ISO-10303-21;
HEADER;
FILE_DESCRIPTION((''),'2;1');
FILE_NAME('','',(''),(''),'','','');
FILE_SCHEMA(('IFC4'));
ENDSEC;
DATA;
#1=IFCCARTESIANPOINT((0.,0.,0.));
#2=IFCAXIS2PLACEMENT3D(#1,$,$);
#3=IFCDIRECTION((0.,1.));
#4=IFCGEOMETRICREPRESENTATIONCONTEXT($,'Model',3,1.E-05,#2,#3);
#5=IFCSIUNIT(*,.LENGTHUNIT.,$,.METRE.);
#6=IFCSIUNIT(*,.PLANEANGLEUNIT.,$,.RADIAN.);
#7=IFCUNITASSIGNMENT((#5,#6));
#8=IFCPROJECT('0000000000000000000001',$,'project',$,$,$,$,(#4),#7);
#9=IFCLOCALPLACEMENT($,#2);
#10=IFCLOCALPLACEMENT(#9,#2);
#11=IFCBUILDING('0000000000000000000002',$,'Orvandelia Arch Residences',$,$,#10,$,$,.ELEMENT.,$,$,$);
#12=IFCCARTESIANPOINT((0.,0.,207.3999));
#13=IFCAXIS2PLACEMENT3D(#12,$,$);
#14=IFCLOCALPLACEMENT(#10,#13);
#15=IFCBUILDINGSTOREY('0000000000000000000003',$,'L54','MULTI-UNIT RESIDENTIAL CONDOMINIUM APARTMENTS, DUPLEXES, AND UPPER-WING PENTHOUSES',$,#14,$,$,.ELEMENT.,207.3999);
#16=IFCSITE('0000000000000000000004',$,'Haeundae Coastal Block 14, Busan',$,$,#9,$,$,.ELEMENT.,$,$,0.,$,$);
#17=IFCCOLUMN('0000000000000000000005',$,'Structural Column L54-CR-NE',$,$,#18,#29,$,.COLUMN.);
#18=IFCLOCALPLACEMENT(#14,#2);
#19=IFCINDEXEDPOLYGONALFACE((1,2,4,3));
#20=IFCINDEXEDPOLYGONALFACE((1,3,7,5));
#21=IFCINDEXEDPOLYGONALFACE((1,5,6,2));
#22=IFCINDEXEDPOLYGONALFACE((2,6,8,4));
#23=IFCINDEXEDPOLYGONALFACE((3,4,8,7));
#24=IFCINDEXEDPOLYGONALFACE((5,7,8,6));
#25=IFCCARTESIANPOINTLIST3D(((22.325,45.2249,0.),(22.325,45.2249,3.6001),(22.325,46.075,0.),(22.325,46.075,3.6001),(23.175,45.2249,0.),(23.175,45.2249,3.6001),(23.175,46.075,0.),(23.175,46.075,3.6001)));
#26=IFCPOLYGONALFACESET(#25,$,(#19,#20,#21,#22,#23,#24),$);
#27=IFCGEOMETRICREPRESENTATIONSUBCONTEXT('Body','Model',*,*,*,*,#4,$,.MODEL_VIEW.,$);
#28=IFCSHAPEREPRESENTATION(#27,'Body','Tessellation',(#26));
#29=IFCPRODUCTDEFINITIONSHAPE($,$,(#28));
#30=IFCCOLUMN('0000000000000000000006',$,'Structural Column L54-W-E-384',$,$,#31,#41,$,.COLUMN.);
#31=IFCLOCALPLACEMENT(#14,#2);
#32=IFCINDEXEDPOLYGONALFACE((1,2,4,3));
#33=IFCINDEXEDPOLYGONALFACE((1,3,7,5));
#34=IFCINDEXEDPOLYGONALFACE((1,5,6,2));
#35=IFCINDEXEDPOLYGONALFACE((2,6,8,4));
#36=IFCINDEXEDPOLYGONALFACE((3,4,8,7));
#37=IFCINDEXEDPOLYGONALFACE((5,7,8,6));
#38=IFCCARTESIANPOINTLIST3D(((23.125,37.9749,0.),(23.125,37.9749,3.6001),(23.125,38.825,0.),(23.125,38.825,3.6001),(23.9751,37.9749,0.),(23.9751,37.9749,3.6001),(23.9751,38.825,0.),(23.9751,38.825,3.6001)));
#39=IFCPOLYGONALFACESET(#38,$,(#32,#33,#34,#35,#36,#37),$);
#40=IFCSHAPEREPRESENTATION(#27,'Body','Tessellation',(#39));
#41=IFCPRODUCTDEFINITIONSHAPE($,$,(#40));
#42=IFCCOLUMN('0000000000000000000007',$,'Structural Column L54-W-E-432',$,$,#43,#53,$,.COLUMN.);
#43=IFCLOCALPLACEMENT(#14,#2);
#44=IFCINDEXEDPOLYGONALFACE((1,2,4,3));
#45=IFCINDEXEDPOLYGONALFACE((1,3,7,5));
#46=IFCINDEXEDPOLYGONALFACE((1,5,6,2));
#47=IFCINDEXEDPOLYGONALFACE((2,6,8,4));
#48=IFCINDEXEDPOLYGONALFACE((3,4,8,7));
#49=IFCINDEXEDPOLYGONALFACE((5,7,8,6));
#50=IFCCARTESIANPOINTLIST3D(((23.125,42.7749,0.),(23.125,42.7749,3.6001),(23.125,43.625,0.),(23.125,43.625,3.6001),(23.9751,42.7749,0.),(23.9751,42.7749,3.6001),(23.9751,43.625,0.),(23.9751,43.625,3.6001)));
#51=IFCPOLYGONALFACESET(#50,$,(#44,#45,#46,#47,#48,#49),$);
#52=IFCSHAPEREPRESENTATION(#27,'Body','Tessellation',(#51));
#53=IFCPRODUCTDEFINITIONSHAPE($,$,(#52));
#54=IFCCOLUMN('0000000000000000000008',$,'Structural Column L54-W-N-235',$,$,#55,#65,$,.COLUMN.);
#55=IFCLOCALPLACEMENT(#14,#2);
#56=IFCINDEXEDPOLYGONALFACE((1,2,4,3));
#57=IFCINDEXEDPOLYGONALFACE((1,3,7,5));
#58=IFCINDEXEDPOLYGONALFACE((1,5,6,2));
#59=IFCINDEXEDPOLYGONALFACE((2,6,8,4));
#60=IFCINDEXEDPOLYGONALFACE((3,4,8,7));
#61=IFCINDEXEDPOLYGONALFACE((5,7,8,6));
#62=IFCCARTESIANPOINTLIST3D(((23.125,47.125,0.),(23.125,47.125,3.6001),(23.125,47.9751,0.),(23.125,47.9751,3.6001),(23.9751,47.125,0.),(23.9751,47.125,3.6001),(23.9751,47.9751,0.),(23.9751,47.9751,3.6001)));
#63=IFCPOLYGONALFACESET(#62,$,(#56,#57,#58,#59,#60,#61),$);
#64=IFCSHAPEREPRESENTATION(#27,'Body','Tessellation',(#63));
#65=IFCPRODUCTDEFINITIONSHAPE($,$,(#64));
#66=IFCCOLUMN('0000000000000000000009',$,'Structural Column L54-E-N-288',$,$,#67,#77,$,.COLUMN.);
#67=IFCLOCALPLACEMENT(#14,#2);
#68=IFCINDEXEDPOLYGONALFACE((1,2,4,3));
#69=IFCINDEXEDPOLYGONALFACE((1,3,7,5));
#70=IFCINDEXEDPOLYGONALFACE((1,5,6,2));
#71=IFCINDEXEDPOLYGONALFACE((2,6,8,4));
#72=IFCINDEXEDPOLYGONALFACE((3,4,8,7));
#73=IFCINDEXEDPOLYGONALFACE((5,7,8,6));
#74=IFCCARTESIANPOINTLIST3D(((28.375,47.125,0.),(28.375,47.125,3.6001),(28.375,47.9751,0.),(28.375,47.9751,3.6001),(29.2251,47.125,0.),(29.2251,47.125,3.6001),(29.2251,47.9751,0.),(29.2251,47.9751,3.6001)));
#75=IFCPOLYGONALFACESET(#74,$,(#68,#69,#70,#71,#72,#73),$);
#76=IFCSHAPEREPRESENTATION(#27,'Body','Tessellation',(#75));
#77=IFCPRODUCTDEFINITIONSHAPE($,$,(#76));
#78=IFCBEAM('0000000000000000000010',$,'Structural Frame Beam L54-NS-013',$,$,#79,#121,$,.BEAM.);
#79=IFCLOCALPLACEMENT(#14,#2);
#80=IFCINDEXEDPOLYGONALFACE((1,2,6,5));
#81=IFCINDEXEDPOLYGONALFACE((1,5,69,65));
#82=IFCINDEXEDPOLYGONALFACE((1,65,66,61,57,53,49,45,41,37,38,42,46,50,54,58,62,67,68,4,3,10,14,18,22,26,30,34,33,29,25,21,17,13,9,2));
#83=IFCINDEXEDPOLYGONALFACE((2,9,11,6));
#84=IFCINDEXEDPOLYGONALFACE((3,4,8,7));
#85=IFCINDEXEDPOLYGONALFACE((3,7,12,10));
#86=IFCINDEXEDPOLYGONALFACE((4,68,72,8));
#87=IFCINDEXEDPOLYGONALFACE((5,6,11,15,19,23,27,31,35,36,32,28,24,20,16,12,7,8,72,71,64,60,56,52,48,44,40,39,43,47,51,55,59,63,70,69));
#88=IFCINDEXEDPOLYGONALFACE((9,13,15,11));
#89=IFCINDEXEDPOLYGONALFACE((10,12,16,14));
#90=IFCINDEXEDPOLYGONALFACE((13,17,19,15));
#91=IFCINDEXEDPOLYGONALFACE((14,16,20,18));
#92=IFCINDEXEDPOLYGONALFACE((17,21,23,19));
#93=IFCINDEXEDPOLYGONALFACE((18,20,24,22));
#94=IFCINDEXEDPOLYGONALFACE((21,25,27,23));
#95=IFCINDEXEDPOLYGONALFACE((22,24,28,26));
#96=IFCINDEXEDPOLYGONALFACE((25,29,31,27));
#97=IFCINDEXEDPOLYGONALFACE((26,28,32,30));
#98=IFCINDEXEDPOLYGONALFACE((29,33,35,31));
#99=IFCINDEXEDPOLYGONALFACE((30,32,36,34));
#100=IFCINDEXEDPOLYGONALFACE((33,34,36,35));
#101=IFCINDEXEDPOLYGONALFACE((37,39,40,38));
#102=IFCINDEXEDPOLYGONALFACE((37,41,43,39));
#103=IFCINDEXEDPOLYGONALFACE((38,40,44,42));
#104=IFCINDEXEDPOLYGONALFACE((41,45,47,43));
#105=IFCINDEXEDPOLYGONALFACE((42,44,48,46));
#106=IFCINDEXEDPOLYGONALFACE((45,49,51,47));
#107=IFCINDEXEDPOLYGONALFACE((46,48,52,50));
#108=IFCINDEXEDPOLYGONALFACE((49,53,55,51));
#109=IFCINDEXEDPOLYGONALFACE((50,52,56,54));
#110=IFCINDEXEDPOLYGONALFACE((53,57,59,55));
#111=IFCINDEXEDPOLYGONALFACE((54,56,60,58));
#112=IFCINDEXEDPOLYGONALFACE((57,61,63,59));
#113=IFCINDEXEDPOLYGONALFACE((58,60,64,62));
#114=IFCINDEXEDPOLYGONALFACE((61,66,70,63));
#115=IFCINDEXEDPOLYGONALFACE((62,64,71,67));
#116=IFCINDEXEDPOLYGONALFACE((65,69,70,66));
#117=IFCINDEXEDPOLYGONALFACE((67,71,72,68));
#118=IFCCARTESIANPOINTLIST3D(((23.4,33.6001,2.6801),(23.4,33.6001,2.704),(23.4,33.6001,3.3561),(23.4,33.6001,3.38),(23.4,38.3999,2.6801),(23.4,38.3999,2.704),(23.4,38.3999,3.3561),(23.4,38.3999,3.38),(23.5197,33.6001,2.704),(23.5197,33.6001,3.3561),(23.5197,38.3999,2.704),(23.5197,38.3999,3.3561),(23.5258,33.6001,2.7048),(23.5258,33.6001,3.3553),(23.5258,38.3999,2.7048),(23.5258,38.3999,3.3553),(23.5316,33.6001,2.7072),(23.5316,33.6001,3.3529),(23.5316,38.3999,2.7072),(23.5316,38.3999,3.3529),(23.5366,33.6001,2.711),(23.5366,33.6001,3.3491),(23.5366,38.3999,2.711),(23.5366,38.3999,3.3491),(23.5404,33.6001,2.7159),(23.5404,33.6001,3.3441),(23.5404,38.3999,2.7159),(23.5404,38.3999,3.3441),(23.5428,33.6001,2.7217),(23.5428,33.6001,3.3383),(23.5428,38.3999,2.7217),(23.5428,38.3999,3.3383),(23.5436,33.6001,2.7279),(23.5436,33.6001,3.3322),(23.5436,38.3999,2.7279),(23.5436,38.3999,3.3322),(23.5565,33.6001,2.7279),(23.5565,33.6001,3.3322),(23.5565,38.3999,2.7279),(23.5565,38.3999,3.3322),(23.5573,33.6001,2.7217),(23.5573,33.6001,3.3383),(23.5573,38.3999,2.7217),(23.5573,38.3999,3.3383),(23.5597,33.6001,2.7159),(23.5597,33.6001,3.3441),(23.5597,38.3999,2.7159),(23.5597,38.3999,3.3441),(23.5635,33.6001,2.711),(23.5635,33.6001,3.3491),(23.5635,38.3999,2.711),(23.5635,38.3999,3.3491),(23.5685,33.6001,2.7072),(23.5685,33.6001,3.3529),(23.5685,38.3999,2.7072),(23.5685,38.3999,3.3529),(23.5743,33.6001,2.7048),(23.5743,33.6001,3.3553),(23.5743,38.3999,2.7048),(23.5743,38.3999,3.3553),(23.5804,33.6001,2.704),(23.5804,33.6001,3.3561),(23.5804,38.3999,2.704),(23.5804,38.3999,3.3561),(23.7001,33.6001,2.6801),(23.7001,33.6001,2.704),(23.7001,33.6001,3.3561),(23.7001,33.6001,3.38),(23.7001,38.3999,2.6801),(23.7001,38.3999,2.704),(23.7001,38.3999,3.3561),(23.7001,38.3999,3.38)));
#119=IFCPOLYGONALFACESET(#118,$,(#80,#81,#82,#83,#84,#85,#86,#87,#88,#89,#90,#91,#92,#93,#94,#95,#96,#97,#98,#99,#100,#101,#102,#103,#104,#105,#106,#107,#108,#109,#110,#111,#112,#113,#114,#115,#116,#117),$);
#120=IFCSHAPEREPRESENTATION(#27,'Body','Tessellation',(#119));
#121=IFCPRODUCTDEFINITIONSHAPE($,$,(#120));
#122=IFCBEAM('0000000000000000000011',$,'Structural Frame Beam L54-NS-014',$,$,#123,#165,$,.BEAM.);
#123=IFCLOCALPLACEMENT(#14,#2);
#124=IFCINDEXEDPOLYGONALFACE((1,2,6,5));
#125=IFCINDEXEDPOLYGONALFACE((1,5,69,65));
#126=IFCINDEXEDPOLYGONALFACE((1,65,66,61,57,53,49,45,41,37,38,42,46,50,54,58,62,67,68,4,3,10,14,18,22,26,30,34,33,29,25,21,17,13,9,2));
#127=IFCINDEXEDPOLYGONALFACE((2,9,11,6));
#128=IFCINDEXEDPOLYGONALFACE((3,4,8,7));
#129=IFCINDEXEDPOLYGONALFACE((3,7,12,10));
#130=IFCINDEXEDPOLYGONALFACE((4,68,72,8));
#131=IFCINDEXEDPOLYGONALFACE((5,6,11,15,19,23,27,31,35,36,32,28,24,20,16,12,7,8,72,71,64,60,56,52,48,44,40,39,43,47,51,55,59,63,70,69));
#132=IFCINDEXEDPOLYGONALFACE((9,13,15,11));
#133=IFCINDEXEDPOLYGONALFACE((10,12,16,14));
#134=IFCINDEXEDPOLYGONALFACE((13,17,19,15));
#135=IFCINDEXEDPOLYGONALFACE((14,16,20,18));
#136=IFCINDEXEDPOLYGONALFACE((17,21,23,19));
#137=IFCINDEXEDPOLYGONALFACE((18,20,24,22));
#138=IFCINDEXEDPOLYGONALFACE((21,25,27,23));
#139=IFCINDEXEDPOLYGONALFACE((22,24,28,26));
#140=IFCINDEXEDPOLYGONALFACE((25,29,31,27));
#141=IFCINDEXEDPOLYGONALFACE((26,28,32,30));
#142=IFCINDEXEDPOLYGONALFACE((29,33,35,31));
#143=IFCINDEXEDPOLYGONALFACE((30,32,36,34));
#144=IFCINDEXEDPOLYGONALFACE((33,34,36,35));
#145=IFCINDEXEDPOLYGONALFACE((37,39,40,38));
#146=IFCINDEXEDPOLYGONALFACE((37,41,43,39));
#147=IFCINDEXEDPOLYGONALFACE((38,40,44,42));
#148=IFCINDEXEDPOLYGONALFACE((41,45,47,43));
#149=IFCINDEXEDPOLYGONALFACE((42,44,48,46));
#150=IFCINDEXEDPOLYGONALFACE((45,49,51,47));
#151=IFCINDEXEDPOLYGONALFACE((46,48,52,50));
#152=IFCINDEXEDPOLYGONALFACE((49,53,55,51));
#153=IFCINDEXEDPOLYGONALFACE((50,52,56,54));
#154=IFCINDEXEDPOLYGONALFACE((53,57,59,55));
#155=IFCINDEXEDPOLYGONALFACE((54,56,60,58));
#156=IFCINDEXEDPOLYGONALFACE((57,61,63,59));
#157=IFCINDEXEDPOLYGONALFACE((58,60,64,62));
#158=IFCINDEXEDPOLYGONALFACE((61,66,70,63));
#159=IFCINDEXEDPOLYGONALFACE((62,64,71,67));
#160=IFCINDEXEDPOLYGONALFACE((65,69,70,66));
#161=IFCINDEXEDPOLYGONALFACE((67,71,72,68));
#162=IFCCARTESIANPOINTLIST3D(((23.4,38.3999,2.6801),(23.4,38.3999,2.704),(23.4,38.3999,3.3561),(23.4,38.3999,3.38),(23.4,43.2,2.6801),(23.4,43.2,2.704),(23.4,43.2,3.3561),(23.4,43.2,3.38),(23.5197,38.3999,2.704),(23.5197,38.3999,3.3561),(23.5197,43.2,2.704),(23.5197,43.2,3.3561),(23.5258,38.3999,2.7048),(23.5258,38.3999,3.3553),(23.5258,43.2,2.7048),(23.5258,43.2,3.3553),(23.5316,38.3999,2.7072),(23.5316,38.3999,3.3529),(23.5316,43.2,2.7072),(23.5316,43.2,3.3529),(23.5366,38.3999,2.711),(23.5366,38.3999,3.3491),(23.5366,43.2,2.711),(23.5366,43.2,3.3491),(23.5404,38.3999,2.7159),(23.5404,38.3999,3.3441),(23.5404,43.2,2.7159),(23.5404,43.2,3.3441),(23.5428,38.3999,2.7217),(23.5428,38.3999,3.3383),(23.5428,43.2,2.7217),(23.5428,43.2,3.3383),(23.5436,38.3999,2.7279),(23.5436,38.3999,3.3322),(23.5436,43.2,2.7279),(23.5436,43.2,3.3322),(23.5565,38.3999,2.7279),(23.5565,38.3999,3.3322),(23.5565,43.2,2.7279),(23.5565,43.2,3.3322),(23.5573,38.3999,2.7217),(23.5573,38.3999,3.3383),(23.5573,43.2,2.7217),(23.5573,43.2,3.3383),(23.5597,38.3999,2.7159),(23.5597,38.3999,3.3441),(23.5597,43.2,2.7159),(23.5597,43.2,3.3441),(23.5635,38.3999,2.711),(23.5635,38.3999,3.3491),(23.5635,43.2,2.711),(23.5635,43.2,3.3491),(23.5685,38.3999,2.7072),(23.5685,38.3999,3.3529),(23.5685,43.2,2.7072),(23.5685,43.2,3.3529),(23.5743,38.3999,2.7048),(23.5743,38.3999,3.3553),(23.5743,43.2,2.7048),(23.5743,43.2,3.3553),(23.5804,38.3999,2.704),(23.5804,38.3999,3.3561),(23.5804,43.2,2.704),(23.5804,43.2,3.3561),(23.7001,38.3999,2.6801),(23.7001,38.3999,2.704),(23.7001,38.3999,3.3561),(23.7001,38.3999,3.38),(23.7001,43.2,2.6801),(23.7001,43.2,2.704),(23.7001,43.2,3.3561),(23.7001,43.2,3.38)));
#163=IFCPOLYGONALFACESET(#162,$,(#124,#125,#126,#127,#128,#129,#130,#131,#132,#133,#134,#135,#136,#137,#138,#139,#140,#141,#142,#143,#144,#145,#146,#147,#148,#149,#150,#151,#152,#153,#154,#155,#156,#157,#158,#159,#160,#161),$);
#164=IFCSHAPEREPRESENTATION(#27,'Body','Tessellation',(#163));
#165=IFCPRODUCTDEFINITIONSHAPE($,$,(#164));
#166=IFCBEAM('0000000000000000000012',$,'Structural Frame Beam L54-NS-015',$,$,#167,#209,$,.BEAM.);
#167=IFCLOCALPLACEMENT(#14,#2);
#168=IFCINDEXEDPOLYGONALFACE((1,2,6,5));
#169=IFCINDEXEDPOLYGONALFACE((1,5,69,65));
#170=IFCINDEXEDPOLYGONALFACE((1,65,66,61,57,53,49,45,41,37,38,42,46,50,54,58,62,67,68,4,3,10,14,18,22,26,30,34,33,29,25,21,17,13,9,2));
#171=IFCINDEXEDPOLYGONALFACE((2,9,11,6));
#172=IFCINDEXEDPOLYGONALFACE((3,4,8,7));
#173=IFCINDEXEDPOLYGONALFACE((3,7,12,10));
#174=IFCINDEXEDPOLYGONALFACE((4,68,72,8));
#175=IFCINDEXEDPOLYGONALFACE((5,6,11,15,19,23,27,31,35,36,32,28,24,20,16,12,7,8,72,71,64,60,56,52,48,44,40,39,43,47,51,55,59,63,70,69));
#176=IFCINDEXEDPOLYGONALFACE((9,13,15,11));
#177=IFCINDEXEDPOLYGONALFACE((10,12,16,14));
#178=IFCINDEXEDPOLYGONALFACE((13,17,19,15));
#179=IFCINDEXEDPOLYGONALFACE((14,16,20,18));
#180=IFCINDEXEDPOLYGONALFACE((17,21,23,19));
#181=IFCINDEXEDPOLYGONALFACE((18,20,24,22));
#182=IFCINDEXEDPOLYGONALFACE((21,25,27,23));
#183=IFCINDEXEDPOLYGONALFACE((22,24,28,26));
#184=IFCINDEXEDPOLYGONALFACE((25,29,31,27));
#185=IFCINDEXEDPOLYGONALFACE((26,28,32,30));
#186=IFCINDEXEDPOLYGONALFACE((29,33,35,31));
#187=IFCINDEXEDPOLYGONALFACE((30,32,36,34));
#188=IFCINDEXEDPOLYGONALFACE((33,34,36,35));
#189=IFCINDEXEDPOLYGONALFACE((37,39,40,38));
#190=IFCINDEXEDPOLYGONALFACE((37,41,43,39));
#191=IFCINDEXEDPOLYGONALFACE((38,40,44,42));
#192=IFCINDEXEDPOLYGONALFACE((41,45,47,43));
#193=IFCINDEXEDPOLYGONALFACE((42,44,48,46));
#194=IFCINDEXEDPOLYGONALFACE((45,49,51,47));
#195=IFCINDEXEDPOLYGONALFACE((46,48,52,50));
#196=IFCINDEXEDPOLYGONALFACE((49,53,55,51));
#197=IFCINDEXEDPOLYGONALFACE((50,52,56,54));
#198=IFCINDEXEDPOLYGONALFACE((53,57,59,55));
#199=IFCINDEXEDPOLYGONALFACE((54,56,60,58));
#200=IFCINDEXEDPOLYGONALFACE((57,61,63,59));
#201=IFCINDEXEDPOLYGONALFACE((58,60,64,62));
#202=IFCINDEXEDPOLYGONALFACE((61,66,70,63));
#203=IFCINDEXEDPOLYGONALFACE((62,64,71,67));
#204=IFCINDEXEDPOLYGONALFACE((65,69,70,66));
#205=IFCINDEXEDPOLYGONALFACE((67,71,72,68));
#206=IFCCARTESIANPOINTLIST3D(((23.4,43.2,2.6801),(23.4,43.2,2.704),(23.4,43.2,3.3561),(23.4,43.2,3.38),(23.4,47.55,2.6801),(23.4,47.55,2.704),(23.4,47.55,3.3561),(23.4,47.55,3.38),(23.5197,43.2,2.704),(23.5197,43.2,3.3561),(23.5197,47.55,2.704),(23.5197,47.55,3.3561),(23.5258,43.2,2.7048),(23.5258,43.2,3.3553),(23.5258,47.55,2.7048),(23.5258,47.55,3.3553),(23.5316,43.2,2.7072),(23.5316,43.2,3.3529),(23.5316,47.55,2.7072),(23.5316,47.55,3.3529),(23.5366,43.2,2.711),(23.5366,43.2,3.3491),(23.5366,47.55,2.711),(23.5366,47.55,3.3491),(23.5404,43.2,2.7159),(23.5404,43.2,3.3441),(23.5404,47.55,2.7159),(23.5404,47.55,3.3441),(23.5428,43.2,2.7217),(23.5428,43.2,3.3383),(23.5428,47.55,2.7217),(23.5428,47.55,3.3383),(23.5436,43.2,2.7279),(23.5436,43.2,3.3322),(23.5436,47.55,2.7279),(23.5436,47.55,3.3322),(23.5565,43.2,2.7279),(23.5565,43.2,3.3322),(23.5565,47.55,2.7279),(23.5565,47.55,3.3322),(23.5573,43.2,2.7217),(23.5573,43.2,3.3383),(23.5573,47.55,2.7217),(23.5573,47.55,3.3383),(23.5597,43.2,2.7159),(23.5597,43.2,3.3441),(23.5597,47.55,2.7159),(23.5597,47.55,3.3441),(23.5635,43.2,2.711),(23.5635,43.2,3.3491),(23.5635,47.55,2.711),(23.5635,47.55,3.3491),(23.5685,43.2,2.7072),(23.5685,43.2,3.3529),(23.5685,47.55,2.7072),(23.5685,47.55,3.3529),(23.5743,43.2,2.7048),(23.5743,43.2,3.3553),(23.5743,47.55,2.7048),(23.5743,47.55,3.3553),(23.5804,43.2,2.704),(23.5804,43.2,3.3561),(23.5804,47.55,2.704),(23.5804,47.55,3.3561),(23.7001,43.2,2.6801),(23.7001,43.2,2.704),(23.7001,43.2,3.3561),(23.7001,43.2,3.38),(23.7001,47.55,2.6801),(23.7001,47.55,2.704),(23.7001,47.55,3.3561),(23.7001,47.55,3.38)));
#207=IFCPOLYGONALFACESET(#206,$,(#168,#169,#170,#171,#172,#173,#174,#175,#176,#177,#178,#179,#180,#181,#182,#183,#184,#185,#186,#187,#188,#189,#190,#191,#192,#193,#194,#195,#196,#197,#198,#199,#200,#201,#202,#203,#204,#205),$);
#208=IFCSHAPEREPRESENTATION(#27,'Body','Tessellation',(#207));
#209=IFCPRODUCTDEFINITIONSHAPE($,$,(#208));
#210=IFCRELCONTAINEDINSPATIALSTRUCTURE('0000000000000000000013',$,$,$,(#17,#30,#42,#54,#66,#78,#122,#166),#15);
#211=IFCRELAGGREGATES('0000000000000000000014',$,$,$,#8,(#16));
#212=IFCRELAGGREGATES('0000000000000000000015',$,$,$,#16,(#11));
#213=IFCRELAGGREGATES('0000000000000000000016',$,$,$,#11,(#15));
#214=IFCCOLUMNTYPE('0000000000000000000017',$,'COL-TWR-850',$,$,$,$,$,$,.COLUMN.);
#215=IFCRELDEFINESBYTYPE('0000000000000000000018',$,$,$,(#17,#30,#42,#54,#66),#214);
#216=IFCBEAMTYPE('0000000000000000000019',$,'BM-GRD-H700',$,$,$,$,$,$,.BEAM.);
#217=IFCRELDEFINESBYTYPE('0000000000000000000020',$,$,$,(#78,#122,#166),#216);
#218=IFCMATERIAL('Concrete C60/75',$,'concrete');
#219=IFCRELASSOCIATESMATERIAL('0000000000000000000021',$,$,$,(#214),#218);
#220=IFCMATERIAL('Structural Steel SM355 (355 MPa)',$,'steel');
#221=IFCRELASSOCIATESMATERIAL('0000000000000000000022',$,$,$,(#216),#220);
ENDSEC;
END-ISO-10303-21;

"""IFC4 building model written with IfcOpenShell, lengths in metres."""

from ifc_helpers import new_model, si_unit, direction, frame, origin, origin_2d, place, context, subcontext, project, spatial, rectangle, i_section, extrude, material, material_profile, profile_set, type_object, element, save


model = new_model("IFC4")

# Units and contexts
model_context = context("Model", 3, precision=1e-05, world=origin(), true_north=direction((0.0, 1.0)))
body_context = subcontext(model_context, "Body", "Model", "MODEL_VIEW")
ifc_project = project(units=[si_unit("LENGTHUNIT", "METRE"), si_unit("PLANEANGLEUNIT", "RADIAN")], contexts=[model_context])

# Site, building, storey
site_placement = place(None, origin())
site = spatial("IfcSite", under=ifc_project, at=site_placement, Name="Haeundae Coastal Block 14, Busan", CompositionType="ELEMENT", RefElevation=0.0)
building_placement = place(site_placement, origin())
building = spatial("IfcBuilding", under=site, at=building_placement, Name="Orvandelia Arch Residences", CompositionType="ELEMENT")
storey_placement = place(building_placement, frame((0.0, 0.0, 207.3999)))
storey = spatial("IfcBuildingStorey", under=building, at=storey_placement, Name="L54", Description="MULTI-UNIT RESIDENTIAL CONDOMINIUM APARTMENTS, DUPLEXES, AND UPPER-WING PENTHOUSES", CompositionType="ELEMENT", Elevation=207.3999)

# Columns
ifc_material_1 = material(Name="Concrete C60/75", Category="concrete")
ifc_material_profile_1 = material_profile(ifc_material_1, rectangle(XDim=0.8501, YDim=0.8501, at=origin_2d()), Name="Concrete C60/75", Category="concrete")
ifc_profile_set_1 = profile_set([ifc_material_profile_1], Name="Concrete C60/75")
column_type = type_object("IfcColumnType", Name="COL-TWR-850", PredefinedType="COLUMN", material=ifc_profile_set_1)
for number, where, z_axis, x_axis, name in (
    (1, (22.75, 45.6499, 0.0), (0.0, 0.0, 1.0), (1.0, 0.0, 0.0), "Structural Column L54-CR-NE"),
    (2, (23.55, 38.3999, 0.0), (0.0, 0.0, 1.0), (1.0, 0.0, 0.0), "Structural Column L54-W-E-384"),
    (3, (23.55, 43.2, 0.0), (0.0, 0.0, 1.0), (1.0, 0.0, 0.0), "Structural Column L54-W-E-432"),
    (4, (23.55, 47.55, 0.0), (0.0, 0.0, 1.0), (1.0, 0.0, 0.0), "Structural Column L54-W-N-235"),
    (5, (28.8, 47.55, 0.0), (0.0, 0.0, 1.0), (1.0, 0.0, 0.0), "Structural Column L54-E-N-288"),
):
    element("IfcColumn", number, at=place(storey_placement, frame(where, z_axis=z_axis, x_axis=x_axis)), inside=storey, type_object=column_type, Name=name, PredefinedType="COLUMN", context=body_context, shape_type="SweptSolid", body=[
        extrude(rectangle(XDim=0.8501, YDim=0.8501, at=origin_2d()), origin(), (0.0, 0.0, 1.0), 3.6001),
    ])

# Beams
ifc_material_2 = material(Name="Structural Steel SM355 (355 MPa)", Category="steel")
ifc_material_profile_2 = material_profile(ifc_material_2, i_section(OverallWidth=0.3, OverallDepth=0.7, WebThickness=0.0129, FlangeThickness=0.0239, FilletRadius=0.0239, at=origin_2d()), Name="Structural Steel SM355 (355 MPa)", Category="steel")
ifc_profile_set_2 = profile_set([ifc_material_profile_2], Name="Structural Steel SM355 (355 MPa)")
beam_type = type_object("IfcBeamType", Name="BM-GRD-H700", PredefinedType="BEAM", material=ifc_profile_set_2)
beam_1_placement = place(storey_placement, frame((23.55, 33.6001, 3.03), z_axis=(0.0, 1.0, 0.0), x_axis=(-1.0, 0.0, 0.0)))
element("IfcBeam", 6, at=beam_1_placement, inside=storey, type_object=beam_type, Name="Structural Frame Beam L54-NS-013", PredefinedType="BEAM", context=body_context, shape_type="SweptSolid", body=[
    extrude(i_section(OverallWidth=0.3, OverallDepth=0.7, WebThickness=0.0129, FlangeThickness=0.0239, FilletRadius=0.0239, at=origin_2d()), origin(), (0.0, 0.0, 1.0), 4.7998),
])
beam_2_placement = place(storey_placement, frame((23.55, 38.3999, 3.03), z_axis=(0.0, 1.0, 0.0), x_axis=(-1.0, 0.0, 0.0)))
element("IfcBeam", 7, at=beam_2_placement, inside=storey, type_object=beam_type, Name="Structural Frame Beam L54-NS-014", PredefinedType="BEAM", context=body_context, shape_type="SweptSolid", body=[
    extrude(i_section(OverallWidth=0.3, OverallDepth=0.7, WebThickness=0.0129, FlangeThickness=0.0239, FilletRadius=0.0239, at=origin_2d()), origin(), (0.0, 0.0, 1.0), 4.8),
])
beam_3_placement = place(storey_placement, frame((23.55, 43.2, 3.03), z_axis=(0.0, 1.0, 0.0), x_axis=(-1.0, 0.0, 0.0)))
element("IfcBeam", 8, at=beam_3_placement, inside=storey, type_object=beam_type, Name="Structural Frame Beam L54-NS-015", PredefinedType="BEAM", context=body_context, shape_type="SweptSolid", body=[
    extrude(i_section(OverallWidth=0.3, OverallDepth=0.7, WebThickness=0.0129, FlangeThickness=0.0239, FilletRadius=0.0239, at=origin_2d()), origin(), (0.0, 0.0, 1.0), 4.3501),
])

save(model, "model.ifc")
